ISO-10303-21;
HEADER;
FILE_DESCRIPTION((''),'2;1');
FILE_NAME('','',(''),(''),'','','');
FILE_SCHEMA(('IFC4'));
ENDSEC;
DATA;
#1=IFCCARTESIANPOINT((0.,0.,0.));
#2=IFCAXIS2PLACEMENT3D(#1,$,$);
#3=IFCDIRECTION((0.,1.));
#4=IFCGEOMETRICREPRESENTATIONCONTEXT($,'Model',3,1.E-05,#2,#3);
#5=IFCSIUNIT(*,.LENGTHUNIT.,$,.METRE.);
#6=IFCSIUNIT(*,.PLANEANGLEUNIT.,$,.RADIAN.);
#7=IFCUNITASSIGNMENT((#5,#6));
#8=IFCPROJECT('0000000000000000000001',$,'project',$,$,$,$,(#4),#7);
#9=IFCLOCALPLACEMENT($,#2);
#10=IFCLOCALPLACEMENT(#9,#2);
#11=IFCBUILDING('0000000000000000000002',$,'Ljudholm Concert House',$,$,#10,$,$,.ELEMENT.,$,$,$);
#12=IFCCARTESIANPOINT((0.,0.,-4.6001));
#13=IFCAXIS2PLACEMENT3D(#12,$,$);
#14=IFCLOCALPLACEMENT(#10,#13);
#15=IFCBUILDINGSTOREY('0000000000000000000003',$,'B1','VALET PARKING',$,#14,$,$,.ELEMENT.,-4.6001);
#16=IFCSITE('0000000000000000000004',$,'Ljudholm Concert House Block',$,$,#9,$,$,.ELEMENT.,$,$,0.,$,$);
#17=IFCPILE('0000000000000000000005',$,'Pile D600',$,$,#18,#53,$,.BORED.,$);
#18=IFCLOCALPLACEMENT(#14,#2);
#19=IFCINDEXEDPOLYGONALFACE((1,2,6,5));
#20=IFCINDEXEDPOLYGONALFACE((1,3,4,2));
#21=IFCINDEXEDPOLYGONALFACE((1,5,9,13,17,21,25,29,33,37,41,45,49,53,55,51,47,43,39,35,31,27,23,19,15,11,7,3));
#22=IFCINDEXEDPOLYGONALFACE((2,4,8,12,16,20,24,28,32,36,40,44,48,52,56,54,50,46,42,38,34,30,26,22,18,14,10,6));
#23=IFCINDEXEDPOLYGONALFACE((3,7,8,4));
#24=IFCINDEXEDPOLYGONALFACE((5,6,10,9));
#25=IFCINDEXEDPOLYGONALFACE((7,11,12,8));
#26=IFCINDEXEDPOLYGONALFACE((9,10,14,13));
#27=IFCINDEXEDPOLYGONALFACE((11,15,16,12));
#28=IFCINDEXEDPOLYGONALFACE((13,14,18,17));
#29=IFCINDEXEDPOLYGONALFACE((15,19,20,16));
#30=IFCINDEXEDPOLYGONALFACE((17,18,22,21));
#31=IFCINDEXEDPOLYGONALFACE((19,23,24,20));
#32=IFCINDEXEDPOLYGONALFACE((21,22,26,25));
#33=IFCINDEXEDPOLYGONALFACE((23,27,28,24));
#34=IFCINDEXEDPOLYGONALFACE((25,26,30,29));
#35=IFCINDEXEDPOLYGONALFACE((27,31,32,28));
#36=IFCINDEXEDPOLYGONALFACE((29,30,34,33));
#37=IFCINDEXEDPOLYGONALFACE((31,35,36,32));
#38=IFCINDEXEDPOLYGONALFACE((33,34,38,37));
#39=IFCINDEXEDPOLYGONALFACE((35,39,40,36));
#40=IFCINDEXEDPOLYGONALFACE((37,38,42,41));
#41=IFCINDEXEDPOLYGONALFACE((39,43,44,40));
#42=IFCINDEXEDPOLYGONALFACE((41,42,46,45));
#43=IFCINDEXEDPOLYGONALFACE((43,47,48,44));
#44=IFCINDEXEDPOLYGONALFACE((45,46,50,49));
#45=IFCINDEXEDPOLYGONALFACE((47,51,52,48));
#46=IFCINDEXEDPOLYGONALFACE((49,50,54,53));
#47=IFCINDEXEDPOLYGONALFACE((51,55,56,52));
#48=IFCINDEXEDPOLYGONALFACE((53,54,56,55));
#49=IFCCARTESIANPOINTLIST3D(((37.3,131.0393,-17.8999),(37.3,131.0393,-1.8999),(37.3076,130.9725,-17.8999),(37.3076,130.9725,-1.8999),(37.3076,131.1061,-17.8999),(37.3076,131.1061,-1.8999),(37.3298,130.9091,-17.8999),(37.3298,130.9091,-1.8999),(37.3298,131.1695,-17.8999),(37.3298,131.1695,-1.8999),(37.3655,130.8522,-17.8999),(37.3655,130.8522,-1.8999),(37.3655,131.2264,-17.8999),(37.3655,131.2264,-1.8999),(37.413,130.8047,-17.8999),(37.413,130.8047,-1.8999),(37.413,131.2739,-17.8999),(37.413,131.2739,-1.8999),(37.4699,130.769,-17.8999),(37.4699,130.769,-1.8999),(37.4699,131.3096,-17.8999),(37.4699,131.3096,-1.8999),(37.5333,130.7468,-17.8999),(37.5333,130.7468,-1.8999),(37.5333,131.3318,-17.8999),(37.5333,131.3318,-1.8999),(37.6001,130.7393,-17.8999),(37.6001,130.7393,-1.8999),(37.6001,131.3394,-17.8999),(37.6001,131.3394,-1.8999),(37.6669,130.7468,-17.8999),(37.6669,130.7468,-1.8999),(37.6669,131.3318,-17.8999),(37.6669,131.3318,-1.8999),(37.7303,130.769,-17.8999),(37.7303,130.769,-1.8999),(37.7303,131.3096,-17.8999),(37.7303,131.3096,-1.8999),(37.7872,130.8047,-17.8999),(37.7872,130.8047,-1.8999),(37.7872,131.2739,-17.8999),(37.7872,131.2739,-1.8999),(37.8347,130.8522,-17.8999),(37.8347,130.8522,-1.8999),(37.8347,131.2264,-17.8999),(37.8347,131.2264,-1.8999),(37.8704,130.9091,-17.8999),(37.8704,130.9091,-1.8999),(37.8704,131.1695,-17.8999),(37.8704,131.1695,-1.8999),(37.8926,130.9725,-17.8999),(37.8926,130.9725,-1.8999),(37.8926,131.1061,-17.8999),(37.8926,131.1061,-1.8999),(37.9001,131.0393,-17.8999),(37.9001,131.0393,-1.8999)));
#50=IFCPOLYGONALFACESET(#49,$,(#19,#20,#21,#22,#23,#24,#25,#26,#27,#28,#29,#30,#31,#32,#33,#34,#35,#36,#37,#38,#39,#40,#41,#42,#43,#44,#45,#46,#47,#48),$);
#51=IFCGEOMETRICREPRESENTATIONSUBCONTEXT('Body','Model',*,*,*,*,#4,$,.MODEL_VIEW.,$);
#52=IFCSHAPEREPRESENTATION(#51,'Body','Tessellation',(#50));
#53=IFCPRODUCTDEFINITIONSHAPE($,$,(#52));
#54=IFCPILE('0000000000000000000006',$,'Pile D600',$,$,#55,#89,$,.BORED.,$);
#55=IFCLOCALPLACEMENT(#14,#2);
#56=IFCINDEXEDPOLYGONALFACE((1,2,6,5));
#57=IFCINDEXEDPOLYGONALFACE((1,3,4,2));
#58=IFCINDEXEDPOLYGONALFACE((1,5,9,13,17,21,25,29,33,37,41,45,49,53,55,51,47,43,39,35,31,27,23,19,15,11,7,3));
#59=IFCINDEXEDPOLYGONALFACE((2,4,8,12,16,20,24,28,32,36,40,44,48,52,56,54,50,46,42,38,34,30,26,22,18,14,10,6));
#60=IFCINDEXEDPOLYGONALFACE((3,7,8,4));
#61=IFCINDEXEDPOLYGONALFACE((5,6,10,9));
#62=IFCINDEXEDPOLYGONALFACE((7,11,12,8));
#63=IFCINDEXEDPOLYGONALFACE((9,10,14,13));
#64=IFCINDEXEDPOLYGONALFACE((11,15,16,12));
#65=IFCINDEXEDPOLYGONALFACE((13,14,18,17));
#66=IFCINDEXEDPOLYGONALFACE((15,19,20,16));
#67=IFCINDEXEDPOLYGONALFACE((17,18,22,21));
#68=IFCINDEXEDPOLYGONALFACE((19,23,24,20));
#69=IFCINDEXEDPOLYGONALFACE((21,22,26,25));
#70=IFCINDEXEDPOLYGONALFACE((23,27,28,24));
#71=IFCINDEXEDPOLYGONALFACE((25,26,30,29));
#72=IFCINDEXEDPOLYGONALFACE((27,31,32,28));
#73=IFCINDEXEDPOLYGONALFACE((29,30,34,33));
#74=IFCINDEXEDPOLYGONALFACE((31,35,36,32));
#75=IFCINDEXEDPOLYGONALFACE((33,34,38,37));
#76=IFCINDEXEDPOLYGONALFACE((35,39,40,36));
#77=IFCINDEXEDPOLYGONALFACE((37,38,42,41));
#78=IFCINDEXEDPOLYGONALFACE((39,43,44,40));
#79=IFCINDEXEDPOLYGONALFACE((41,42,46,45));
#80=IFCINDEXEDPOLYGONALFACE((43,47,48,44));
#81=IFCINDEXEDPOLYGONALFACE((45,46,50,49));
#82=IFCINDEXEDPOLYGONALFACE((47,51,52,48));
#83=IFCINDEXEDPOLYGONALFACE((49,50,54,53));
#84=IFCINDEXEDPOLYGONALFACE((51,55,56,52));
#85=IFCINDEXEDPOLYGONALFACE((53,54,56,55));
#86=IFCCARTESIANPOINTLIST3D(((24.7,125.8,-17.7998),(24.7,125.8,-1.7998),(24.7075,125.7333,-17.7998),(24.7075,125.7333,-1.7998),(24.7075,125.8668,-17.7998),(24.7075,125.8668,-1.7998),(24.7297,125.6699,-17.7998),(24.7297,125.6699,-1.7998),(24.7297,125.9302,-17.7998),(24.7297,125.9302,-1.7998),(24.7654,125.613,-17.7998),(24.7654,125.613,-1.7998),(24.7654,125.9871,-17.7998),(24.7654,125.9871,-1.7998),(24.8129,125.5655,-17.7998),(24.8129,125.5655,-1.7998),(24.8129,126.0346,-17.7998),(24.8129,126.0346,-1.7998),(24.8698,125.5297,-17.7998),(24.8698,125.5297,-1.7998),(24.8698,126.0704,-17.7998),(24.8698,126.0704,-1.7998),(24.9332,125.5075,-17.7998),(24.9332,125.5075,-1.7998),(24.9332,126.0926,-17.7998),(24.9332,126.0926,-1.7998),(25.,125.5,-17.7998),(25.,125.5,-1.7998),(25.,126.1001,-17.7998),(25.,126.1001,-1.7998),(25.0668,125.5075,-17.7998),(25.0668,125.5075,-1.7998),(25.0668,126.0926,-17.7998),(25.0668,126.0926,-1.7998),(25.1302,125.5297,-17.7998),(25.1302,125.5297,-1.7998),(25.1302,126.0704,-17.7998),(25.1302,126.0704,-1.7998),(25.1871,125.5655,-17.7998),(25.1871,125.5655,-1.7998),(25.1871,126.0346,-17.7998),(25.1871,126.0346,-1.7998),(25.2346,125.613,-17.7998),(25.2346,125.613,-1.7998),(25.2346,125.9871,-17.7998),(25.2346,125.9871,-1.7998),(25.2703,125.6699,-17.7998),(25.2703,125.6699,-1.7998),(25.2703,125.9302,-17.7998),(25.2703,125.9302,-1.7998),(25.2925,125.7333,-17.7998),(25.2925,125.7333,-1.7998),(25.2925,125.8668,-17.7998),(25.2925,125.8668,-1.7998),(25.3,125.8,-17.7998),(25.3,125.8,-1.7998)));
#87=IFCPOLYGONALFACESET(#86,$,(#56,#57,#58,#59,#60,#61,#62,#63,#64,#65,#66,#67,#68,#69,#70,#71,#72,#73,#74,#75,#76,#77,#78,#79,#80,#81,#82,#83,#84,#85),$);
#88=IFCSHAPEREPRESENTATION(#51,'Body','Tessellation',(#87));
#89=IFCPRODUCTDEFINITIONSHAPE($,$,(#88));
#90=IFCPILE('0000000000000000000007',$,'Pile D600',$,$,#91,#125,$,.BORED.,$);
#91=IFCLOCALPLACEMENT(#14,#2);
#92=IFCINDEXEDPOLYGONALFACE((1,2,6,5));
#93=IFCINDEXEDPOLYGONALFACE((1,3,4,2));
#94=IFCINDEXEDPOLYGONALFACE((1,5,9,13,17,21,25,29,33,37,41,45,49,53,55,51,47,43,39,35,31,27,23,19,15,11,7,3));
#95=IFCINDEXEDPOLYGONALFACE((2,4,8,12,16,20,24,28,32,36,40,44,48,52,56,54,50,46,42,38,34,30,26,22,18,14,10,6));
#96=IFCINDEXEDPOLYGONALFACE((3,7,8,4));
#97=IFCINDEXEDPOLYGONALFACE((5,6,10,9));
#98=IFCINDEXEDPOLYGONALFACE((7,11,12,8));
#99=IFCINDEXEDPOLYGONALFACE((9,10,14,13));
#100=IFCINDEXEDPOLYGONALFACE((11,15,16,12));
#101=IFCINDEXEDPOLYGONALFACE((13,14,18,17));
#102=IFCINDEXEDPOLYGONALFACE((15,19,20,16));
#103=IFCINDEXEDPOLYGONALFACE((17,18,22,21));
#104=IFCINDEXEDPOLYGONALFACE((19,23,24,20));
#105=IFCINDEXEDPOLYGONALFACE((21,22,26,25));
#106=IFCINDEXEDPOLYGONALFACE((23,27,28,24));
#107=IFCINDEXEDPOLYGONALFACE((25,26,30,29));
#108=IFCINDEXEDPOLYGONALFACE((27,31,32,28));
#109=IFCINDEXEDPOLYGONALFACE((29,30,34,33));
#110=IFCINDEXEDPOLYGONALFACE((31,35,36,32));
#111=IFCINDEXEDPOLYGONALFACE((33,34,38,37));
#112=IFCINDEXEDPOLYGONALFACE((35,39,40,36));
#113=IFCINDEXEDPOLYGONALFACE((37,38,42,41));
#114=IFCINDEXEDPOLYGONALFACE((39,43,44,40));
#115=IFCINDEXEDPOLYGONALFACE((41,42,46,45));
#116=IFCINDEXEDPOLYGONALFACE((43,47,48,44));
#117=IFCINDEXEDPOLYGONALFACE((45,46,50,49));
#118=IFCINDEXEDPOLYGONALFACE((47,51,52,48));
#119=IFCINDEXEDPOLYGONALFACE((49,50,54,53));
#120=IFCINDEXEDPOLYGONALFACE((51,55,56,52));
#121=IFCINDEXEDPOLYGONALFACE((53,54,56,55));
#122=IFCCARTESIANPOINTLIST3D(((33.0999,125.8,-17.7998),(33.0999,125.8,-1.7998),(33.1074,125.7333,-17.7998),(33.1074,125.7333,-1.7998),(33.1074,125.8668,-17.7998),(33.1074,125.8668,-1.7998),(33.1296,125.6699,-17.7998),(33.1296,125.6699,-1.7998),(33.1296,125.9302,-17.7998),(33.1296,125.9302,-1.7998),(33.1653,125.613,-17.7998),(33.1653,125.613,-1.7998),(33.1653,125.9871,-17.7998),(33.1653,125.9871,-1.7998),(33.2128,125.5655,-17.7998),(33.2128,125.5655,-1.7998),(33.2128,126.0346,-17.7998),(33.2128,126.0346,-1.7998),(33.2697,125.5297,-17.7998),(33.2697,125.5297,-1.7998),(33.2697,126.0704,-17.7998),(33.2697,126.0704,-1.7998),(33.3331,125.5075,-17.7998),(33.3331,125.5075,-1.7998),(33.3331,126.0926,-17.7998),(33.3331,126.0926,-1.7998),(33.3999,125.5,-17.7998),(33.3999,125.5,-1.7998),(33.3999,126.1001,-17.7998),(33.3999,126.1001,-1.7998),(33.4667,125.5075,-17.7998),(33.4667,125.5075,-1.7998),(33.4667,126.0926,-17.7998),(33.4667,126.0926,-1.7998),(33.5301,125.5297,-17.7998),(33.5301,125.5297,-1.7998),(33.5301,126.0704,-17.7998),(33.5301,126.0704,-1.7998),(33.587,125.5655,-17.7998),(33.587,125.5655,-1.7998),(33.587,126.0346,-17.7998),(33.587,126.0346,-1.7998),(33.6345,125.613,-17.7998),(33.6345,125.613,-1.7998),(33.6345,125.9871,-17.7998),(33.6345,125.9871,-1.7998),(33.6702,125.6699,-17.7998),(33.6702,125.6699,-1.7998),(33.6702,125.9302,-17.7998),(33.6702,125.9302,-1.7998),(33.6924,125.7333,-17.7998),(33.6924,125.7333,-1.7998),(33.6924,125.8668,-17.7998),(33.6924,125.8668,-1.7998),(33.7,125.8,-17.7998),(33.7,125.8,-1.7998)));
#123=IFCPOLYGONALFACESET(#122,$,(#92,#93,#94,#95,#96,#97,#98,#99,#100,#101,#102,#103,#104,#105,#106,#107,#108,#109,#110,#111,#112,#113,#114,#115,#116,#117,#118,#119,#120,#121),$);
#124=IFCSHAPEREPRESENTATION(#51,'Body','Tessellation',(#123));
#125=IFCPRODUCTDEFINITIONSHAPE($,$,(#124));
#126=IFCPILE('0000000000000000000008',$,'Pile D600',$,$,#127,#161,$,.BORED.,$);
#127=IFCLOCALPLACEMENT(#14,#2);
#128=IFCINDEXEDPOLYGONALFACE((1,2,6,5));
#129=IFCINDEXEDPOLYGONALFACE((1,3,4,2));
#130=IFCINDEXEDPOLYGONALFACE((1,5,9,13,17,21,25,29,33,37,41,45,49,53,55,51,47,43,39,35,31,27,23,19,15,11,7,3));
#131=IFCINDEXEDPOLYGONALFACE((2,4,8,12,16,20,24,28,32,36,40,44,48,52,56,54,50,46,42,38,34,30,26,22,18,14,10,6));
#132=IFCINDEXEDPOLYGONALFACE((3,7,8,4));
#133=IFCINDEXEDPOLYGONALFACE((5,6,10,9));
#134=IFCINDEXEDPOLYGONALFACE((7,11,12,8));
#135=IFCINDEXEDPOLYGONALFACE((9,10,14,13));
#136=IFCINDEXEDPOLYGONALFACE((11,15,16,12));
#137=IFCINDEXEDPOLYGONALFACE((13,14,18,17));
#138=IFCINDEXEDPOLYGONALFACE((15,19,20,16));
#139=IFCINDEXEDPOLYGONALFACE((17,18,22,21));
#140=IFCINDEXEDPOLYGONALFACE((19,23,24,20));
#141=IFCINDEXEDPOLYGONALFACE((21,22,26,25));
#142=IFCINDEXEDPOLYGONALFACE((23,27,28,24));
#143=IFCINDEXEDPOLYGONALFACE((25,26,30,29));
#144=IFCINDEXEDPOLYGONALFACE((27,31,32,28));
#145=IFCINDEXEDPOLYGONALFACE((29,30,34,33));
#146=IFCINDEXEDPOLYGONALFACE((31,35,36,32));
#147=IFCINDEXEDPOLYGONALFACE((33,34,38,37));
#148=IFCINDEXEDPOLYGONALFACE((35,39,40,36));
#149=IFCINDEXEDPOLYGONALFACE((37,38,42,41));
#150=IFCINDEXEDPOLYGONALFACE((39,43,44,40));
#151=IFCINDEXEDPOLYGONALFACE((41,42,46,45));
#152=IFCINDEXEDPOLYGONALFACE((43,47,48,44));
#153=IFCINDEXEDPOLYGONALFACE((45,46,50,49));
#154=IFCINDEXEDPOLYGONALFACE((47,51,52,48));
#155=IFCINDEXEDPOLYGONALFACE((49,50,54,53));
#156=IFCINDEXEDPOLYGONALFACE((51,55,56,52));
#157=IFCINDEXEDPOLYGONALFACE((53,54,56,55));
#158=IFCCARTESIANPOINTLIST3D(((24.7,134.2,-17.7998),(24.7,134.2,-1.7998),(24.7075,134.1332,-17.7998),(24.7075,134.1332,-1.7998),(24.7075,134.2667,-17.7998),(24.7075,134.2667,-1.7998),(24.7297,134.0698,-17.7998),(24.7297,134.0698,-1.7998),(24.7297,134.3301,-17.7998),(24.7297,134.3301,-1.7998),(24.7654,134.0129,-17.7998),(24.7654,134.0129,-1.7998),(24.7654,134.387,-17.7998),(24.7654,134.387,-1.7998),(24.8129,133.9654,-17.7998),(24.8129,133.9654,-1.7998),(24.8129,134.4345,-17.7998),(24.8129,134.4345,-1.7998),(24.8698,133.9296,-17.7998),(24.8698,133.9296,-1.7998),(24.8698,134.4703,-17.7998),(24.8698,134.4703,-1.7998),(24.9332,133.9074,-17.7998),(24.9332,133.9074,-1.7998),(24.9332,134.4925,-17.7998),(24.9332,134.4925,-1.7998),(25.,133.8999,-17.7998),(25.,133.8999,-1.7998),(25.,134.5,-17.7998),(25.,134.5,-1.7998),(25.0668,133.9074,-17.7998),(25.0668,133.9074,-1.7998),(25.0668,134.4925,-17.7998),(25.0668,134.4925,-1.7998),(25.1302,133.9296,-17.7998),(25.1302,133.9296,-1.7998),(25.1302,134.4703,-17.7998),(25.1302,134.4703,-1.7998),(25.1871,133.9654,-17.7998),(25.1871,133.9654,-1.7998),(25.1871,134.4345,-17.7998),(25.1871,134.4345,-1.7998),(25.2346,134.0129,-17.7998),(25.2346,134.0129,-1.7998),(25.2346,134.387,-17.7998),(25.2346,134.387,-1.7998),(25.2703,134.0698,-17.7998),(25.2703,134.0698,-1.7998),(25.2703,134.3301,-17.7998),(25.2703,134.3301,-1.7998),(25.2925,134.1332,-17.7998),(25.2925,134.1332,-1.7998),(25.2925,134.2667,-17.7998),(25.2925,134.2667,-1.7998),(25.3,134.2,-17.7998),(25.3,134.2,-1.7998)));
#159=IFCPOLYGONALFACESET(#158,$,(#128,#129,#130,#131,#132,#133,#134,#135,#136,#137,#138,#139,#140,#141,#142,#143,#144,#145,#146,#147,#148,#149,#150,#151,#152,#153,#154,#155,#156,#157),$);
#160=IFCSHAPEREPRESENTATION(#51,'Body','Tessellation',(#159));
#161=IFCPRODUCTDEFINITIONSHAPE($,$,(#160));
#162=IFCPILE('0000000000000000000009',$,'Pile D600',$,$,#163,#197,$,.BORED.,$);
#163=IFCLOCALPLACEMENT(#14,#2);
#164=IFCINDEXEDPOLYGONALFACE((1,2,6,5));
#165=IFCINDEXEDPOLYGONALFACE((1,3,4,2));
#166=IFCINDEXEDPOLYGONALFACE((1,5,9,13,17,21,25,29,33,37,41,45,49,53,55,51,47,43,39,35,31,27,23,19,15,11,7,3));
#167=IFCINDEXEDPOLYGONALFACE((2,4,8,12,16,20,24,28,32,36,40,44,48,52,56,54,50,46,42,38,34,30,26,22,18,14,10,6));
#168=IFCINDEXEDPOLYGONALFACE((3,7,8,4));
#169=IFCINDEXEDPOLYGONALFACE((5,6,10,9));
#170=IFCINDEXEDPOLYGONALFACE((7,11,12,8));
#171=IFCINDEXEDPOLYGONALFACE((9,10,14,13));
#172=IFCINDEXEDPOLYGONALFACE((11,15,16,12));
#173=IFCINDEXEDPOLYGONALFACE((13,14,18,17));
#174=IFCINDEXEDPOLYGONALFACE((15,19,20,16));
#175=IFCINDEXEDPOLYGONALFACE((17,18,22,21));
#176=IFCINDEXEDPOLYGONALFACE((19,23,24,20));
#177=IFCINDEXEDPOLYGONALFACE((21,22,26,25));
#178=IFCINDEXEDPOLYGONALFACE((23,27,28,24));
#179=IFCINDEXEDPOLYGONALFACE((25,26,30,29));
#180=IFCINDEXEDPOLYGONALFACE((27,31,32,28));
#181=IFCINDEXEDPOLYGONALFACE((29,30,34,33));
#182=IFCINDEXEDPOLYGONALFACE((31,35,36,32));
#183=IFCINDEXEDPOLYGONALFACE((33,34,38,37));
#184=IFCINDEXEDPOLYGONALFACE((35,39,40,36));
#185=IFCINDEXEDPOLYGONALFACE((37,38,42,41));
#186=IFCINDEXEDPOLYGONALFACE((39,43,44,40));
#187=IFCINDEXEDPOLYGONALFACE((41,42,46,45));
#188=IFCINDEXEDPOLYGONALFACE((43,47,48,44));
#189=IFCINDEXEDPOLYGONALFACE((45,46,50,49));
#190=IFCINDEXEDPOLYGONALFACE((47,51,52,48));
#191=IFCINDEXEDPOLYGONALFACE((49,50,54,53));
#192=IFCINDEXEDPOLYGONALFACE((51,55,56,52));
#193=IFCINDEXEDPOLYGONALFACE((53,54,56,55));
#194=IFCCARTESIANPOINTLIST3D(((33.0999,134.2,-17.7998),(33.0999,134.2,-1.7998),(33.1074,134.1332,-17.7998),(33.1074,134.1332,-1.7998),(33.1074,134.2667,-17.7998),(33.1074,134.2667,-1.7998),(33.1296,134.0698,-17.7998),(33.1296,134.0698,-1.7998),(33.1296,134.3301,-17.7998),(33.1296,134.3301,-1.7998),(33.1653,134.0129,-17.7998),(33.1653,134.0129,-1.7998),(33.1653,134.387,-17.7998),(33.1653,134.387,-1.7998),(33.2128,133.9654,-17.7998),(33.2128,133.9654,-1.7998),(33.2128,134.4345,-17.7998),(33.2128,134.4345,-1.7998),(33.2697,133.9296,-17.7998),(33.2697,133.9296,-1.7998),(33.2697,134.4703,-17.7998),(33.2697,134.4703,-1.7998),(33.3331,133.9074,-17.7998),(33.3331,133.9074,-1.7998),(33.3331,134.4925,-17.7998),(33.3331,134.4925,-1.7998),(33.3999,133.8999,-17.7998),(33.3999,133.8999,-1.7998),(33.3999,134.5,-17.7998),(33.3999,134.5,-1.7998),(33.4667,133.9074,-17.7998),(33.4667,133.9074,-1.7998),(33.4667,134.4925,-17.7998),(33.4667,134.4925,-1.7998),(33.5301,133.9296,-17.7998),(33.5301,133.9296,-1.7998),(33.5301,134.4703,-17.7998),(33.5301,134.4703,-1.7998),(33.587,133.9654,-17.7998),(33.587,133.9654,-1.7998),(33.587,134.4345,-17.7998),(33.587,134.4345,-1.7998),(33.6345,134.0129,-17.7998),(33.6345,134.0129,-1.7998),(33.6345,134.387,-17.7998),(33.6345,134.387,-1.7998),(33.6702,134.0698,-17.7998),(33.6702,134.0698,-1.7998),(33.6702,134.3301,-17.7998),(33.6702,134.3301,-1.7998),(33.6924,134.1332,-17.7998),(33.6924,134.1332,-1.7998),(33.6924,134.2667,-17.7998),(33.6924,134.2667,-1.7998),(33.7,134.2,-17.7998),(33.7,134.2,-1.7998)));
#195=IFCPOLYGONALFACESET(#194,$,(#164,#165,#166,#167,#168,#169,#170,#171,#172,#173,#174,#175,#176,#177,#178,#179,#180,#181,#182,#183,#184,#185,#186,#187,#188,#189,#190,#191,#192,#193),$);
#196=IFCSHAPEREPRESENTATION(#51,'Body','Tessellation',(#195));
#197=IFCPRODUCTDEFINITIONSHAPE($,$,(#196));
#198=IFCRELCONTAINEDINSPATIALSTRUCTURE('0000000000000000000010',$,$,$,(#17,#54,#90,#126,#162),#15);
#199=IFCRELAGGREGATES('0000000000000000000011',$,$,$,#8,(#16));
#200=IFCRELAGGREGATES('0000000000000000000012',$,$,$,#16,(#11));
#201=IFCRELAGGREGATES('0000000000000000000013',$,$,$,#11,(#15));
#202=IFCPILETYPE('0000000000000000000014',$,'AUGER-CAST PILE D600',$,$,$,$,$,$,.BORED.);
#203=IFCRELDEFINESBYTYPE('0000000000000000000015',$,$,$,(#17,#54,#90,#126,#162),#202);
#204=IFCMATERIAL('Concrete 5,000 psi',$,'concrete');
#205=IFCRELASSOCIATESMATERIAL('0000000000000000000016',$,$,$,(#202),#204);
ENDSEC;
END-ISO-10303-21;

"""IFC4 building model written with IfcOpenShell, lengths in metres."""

from ifc_helpers import new_model, si_unit, direction, frame, origin, origin_2d, place, context, subcontext, project, spatial, circle, extrude, material, material_profile, profile_set, type_object, element, save


model = new_model("IFC4")

# Units and contexts
model_context = context("Model", 3, precision=1e-05, world=origin(), true_north=direction((0.0, 1.0)))
body_context = subcontext(model_context, "Body", "Model", "MODEL_VIEW")
ifc_project = project(units=[si_unit("LENGTHUNIT", "METRE"), si_unit("PLANEANGLEUNIT", "RADIAN")], contexts=[model_context])

# Site, building, storey
site_placement = place(None, origin())
site = spatial("IfcSite", under=ifc_project, at=site_placement, Name="Ljudholm Concert House Block", CompositionType="ELEMENT", RefElevation=0.0)
building_placement = place(site_placement, origin())
building = spatial("IfcBuilding", under=site, at=building_placement, Name="Ljudholm Concert House", CompositionType="ELEMENT")
storey_placement = place(building_placement, frame((0.0, 0.0, -4.6001)))
storey = spatial("IfcBuildingStorey", under=building, at=storey_placement, Name="B1", Description="VALET PARKING", CompositionType="ELEMENT", Elevation=-4.6001)

# Piles
ifc_material_1 = material(Name="Concrete 5,000 psi", Category="concrete")
ifc_material_profile_1 = material_profile(ifc_material_1, circle(Radius=0.3, at=origin_2d()), Name="AUGER-CAST PILE D600")
ifc_profile_set_1 = profile_set([ifc_material_profile_1], Name="Concrete 5,000 psi")
pile_type = type_object("IfcPileType", Name="AUGER-CAST PILE D600", PredefinedType="BORED", material=ifc_profile_set_1)
for number, where, z_axis, x_axis, name in (
    (1, (37.6001, 131.0393, -1.8999), (0.0, 0.0, -1.0), (1.0, 0.0, 0.0), "Pile D600"),
    (2, (25.0, 125.8, -1.7998), (0.0, 0.0, -1.0), (1.0, 0.0, 0.0), "Pile D600"),
    (3, (33.3999, 125.8, -1.7998), (0.0, 0.0, -1.0), (1.0, 0.0, 0.0), "Pile D600"),
    (4, (25.0, 134.2, -1.7998), (0.0, 0.0, -1.0), (1.0, 0.0, 0.0), "Pile D600"),
    (5, (33.3999, 134.2, -1.7998), (0.0, 0.0, -1.0), (1.0, 0.0, 0.0), "Pile D600"),
):
    element("IfcPile", number, at=place(storey_placement, frame(where, z_axis=z_axis, x_axis=x_axis)), inside=storey, type_object=pile_type, Name=name, PredefinedType="BORED", context=body_context, shape_type="SweptSolid", body=[
        extrude(circle(Radius=0.3, at=origin_2d()), origin(), (0.0, 0.0, 1.0), 16.0),
    ])

save(model, "model.ifc")
